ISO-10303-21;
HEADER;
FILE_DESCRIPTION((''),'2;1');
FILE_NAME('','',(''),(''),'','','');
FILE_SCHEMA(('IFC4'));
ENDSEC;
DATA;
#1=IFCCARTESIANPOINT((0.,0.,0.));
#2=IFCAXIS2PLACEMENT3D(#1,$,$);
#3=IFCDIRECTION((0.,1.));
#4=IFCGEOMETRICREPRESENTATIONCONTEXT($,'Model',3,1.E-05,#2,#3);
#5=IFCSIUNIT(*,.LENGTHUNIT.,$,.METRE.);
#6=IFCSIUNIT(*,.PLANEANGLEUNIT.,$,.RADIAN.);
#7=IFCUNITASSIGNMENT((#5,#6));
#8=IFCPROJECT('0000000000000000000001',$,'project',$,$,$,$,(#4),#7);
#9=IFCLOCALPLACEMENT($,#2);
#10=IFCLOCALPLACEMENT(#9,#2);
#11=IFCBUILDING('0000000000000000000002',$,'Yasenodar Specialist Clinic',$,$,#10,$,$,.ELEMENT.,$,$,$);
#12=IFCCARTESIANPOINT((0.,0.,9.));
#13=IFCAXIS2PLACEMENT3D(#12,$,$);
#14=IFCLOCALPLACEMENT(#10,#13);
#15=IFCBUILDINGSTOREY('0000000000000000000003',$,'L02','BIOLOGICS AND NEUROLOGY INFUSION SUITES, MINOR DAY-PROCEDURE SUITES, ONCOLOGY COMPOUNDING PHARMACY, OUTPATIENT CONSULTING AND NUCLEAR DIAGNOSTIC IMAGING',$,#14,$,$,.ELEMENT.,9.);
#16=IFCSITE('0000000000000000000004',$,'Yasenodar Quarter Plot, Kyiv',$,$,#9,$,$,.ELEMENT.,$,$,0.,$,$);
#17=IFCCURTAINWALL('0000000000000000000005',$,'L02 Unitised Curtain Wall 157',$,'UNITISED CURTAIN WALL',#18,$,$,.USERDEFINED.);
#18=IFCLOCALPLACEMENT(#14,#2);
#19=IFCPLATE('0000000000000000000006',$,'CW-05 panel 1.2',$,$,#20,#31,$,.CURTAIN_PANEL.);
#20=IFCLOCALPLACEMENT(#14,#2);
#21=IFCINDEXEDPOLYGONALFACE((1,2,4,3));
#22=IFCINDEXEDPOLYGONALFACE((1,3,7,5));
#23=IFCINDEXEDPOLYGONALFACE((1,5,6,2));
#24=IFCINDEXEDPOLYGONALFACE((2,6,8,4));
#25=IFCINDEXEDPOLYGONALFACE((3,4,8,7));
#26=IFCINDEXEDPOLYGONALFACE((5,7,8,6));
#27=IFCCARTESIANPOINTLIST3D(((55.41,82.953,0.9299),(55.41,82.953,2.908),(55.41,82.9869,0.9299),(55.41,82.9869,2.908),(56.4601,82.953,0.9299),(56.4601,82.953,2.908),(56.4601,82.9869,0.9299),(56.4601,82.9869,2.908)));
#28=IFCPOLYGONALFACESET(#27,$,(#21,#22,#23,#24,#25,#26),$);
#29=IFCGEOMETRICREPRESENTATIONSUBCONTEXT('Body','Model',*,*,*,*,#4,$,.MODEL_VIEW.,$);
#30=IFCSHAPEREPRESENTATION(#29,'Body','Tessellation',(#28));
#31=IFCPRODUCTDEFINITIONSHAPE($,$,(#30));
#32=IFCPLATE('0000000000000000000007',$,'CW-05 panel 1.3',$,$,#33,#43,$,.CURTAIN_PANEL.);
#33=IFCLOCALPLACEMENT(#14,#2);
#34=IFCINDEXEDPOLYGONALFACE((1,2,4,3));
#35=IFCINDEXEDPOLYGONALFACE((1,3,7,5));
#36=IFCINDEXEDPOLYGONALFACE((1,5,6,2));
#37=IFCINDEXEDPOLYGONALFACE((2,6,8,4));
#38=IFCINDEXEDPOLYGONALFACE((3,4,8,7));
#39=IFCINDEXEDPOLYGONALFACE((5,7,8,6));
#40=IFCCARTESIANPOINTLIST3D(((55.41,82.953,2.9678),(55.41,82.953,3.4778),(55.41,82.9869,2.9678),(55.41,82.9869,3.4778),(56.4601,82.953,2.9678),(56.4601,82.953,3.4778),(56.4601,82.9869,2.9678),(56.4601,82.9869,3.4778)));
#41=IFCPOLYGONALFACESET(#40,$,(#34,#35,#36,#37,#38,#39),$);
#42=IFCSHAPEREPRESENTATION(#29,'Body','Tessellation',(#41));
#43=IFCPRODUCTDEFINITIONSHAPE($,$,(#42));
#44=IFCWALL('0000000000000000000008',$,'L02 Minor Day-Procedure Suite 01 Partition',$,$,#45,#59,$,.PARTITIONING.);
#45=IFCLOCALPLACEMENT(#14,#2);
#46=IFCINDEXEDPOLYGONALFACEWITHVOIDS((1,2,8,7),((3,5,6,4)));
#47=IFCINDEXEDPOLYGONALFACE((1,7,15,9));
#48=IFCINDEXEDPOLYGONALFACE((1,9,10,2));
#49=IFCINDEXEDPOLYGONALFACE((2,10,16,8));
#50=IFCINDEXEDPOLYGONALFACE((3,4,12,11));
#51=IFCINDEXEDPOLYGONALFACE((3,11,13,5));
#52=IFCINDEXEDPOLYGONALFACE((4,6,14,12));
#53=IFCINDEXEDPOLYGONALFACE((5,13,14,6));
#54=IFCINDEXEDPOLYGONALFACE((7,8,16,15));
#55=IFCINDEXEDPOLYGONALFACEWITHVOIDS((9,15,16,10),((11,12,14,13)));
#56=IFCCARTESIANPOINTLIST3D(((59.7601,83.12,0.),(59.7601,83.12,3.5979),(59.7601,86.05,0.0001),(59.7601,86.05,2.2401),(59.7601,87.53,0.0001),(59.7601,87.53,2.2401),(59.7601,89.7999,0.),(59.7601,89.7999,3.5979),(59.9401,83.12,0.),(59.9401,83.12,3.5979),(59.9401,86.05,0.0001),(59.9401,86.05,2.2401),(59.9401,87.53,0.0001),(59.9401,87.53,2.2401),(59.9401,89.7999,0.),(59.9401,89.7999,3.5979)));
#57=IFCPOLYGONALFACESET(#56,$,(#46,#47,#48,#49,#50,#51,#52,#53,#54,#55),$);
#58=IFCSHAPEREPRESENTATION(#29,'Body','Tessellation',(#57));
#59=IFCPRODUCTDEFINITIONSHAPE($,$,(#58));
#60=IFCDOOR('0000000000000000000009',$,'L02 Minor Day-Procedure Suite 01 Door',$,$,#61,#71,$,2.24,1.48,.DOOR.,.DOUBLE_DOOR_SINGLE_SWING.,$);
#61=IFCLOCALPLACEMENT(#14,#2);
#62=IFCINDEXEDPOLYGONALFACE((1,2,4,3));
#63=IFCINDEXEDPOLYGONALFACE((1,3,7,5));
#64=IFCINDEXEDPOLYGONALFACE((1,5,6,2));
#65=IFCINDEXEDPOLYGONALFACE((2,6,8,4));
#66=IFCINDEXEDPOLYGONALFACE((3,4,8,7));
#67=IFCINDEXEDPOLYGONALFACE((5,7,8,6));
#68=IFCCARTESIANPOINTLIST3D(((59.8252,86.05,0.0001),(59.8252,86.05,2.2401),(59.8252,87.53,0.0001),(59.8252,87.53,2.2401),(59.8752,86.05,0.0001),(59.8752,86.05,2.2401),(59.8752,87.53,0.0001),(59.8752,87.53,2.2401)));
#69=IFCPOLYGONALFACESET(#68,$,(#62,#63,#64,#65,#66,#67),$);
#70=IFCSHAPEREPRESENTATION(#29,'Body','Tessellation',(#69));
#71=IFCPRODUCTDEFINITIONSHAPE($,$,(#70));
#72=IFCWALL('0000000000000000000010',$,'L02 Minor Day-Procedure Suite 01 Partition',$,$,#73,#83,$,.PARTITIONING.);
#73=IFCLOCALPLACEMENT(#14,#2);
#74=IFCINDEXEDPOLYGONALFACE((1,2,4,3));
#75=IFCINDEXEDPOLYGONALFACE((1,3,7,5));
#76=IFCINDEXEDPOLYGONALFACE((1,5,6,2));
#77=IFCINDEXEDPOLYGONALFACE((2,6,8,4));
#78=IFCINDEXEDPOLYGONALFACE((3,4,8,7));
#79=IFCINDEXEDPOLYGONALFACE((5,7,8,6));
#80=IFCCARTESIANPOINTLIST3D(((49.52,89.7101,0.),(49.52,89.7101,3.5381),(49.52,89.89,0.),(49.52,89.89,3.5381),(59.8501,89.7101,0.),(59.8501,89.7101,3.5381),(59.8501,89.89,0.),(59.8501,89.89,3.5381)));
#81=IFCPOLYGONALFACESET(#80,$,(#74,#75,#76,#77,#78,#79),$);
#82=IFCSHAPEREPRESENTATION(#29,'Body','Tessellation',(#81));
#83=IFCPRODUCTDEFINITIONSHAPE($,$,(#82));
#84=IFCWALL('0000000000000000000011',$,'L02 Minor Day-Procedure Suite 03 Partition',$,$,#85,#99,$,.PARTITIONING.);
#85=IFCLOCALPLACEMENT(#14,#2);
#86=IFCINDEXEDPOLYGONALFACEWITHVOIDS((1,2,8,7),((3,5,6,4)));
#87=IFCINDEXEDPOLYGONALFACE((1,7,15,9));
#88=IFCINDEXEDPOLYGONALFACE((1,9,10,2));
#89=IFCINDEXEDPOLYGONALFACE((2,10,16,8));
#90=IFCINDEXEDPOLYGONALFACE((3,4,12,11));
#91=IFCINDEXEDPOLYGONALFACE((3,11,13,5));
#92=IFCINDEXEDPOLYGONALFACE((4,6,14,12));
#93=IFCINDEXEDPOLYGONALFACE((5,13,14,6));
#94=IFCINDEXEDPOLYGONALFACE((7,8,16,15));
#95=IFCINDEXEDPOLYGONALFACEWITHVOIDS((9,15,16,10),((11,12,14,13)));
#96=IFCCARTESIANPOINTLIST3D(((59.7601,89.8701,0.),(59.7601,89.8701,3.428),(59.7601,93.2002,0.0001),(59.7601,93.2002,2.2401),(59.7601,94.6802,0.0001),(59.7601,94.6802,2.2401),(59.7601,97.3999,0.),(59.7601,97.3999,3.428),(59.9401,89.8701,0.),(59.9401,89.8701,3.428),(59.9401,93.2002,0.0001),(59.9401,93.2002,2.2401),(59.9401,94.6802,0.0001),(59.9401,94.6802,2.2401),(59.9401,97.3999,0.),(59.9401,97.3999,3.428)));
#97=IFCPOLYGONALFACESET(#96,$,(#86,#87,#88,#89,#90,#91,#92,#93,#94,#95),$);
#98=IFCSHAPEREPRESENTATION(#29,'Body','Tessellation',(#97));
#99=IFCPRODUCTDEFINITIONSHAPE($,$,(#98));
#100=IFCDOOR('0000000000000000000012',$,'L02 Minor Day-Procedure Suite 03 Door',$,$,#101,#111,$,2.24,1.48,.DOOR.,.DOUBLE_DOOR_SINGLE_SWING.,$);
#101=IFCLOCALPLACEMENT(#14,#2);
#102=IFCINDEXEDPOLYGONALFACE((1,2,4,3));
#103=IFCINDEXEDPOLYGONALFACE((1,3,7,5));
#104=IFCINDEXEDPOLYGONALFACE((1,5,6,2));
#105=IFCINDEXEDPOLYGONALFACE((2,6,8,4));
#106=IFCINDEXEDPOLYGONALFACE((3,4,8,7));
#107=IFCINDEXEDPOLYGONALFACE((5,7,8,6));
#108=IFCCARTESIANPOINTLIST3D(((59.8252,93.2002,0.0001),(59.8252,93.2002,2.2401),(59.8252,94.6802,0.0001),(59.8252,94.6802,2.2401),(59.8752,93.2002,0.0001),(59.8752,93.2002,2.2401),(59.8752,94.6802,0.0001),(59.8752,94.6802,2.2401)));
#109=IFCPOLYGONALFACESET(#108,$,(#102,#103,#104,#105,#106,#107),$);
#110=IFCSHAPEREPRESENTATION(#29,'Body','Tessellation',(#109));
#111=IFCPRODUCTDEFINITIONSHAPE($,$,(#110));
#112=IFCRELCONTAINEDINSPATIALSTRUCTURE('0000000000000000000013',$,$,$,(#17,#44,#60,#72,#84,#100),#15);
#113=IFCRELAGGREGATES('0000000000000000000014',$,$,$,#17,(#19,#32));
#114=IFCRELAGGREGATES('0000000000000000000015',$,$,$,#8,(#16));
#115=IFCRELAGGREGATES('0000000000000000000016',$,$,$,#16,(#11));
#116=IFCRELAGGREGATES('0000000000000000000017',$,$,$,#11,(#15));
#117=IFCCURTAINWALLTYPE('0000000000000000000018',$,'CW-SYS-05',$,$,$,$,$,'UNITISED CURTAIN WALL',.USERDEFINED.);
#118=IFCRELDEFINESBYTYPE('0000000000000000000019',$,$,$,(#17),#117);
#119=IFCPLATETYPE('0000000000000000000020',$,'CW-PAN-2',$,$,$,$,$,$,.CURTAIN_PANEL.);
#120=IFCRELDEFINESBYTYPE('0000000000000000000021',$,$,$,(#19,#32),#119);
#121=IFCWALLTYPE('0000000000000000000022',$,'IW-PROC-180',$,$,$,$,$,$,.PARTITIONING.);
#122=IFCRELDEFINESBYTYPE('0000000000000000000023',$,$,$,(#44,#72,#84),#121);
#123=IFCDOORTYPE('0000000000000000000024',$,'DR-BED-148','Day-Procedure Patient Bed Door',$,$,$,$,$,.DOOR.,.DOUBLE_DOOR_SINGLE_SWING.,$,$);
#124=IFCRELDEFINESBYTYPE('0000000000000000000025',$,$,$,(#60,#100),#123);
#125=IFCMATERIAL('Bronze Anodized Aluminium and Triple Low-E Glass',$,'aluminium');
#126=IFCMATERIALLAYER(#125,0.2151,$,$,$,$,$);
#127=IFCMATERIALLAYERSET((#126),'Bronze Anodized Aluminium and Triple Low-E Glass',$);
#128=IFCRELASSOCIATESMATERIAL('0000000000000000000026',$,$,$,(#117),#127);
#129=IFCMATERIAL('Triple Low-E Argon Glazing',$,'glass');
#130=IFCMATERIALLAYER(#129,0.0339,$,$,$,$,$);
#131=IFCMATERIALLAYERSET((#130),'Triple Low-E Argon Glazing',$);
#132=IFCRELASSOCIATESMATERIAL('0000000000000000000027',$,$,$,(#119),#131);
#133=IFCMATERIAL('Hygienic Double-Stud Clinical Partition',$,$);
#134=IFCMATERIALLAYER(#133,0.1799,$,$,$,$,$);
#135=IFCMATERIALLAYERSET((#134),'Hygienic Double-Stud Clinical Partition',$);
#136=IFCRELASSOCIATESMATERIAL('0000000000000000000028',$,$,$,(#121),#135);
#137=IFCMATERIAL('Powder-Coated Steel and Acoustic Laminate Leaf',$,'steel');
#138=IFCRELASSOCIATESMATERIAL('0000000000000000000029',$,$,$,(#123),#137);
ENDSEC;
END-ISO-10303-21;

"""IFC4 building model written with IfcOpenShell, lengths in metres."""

from ifc_helpers import new_model, si_unit, direction, frame, frame_2d, origin, origin_2d, place, context, subcontext, project, spatial, rectangle, extrude, material, layer, layer_set, type_object, element, fill, aggregate, save


model = new_model("IFC4")

# Units and contexts
model_context = context("Model", 3, precision=1e-05, world=origin(), true_north=direction((0.0, 1.0)))
body_context = subcontext(model_context, "Body", "Model", "MODEL_VIEW")
ifc_project = project(units=[si_unit("LENGTHUNIT", "METRE"), si_unit("PLANEANGLEUNIT", "RADIAN")], contexts=[model_context])

# Site, building, storey
site_placement = place(None, origin())
site = spatial("IfcSite", under=ifc_project, at=site_placement, Name="Yasenodar Quarter Plot, Kyiv", CompositionType="ELEMENT", RefElevation=0.0)
building_placement = place(site_placement, origin())
building = spatial("IfcBuilding", under=site, at=building_placement, Name="Yasenodar Specialist Clinic", CompositionType="ELEMENT")
storey_placement = place(building_placement, frame((0.0, 0.0, 9.0)))
storey = spatial("IfcBuildingStorey", under=building, at=storey_placement, Name="L02", Description="BIOLOGICS AND NEUROLOGY INFUSION SUITES, MINOR DAY-PROCEDURE SUITES, ONCOLOGY COMPOUNDING PHARMACY, OUTPATIENT CONSULTING AND NUCLEAR DIAGNOSTIC IMAGING", CompositionType="ELEMENT", Elevation=9.0)

# Curtain wall
ifc_material_1 = material(Name="Bronze Anodized Aluminium and Triple Low-E Glass", Category="aluminium")
ifc_layer_1 = layer(ifc_material_1, 0.2151)
ifc_layer_set_1 = layer_set([ifc_layer_1], Name="Bronze Anodized Aluminium and Triple Low-E Glass")
curtain_wall_type = type_object("IfcCurtainWallType", Name="CW-SYS-05", ElementType="UNITISED CURTAIN WALL", PredefinedType="USERDEFINED", material=ifc_layer_set_1)
curtain_wall_placement = place(storey_placement, origin())
curtain_wall = element("IfcCurtainWall", 1, at=curtain_wall_placement, inside=storey, type_object=curtain_wall_type, Name="L02 Unitised Curtain Wall 157", ObjectType="UNITISED CURTAIN WALL", PredefinedType="USERDEFINED")

# Plates
ifc_material_2 = material(Name="Triple Low-E Argon Glazing", Category="glass")
ifc_layer_2 = layer(ifc_material_2, 0.0339)
ifc_layer_set_2 = layer_set([ifc_layer_2], Name="Triple Low-E Argon Glazing")
plate_type = type_object("IfcPlateType", Name="CW-PAN-2", PredefinedType="CURTAIN_PANEL", material=ifc_layer_set_2)
plate_1_placement = place(storey_placement, frame((55.9351, 82.97, 0.9299), z_axis=(0.0, 0.0, 1.0), x_axis=(-1.0, 0.0, 0.0)))
plate_1 = element("IfcPlate", 2, at=plate_1_placement, type_object=plate_type, Name="CW-05 panel 1.2", PredefinedType="CURTAIN_PANEL", context=body_context, shape_type="SweptSolid", body=[
    extrude(rectangle(XDim=1.05, YDim=0.0339, at=origin_2d()), origin(), (0.0, 0.0, 1.0), 1.978),
])
plate_2_placement = place(storey_placement, frame((55.9351, 82.97, 2.9678), z_axis=(0.0, 0.0, 1.0), x_axis=(-1.0, 0.0, 0.0)))
plate_2 = element("IfcPlate", 3, at=plate_2_placement, type_object=plate_type, Name="CW-05 panel 1.3", PredefinedType="CURTAIN_PANEL", context=body_context, shape_type="SweptSolid", body=[
    extrude(rectangle(XDim=1.05, YDim=0.0339, at=origin_2d()), origin(), (0.0, 0.0, 1.0), 0.51),
])
aggregate(curtain_wall, [plate_1, plate_2])

# Wall, opening, door
ifc_material_3 = material(Name="Hygienic Double-Stud Clinical Partition")
ifc_layer_3 = layer(ifc_material_3, 0.1799)
ifc_layer_set_3 = layer_set([ifc_layer_3], Name="Hygienic Double-Stud Clinical Partition")
wall_type = type_object("IfcWallType", Name="IW-PROC-180", PredefinedType="PARTITIONING", material=ifc_layer_set_3)
wall_1_placement = place(storey_placement, frame((59.8501, 83.1201, 0.0), z_axis=(0.0, 0.0, 1.0), x_axis=(0.0, 1.0, 0.0)))
wall_1 = element("IfcWall", 4, at=wall_1_placement, inside=storey, type_object=wall_type, Name="L02 Minor Day-Procedure Suite 01 Partition", PredefinedType="PARTITIONING", context=body_context, shape_type="SweptSolid", body=[
    extrude(rectangle(XDim=6.6799, YDim=0.1799, at=frame_2d((3.3398, 0.0))), origin(), (0.0, 0.0, 1.0), 3.5979),
])
opening_1_placement = place(wall_1_placement, frame((2.9299, 0.0, 0.0)))
opening_1 = element("IfcOpeningElement", 5, at=opening_1_placement, cuts=wall_1, PredefinedType="OPENING", context=body_context, shape_type="SweptSolid", body=[
    extrude(rectangle(XDim=1.48, YDim=2.24, at=frame_2d((0.74, 1.1201))), frame((0.0, 0.1001, 0.0), z_axis=(0.0, -1.0, 0.0), x_axis=(1.0, 0.0, 0.0)), (0.0, 0.0, 1.0), 0.2),
])
ifc_material_4 = material(Name="Powder-Coated Steel and Acoustic Laminate Leaf", Category="steel")
door_type = type_object("IfcDoorType", Name="DR-BED-148", Description="Day-Procedure Patient Bed Door", OperationType="DOUBLE_DOOR_SINGLE_SWING", PredefinedType="DOOR", material=ifc_material_4)
door_1_placement = place(opening_1_placement, origin())
door_1 = element("IfcDoor", 6, at=door_1_placement, inside=storey, type_object=door_type, Name="L02 Minor Day-Procedure Suite 01 Door", OperationType="DOUBLE_DOOR_SINGLE_SWING", OverallHeight=2.24, OverallWidth=1.48, PredefinedType="DOOR", context=body_context, shape_type="SweptSolid", body=[
    extrude(rectangle(XDim=1.48, YDim=2.24, at=frame_2d((0.74, 1.1201))), frame((0.0, 0.0249, 0.0), z_axis=(0.0, -1.0, 0.0), x_axis=(1.0, 0.0, 0.0)), (0.0, 0.0, 1.0), 0.05),
])
fill(opening_1, door_1)

# Wall
wall_2_placement = place(storey_placement, frame((59.8501, 89.8, 0.0), z_axis=(0.0, 0.0, 1.0), x_axis=(-1.0, 0.0, 0.0)))
element("IfcWall", 7, at=wall_2_placement, inside=storey, type_object=wall_type, Name="L02 Minor Day-Procedure Suite 01 Partition", PredefinedType="PARTITIONING", context=body_context, shape_type="SweptSolid", body=[
    extrude(rectangle(XDim=10.3301, YDim=0.1799, at=frame_2d((5.165, 0.0))), origin(), (0.0, 0.0, 1.0), 3.5381),
])

# Wall, opening, door
wall_3_placement = place(storey_placement, frame((59.8501, 89.8701, 0.0), z_axis=(0.0, 0.0, 1.0), x_axis=(0.0, 1.0, 0.0)))
wall_3 = element("IfcWall", 8, at=wall_3_placement, inside=storey, type_object=wall_type, Name="L02 Minor Day-Procedure Suite 03 Partition", PredefinedType="PARTITIONING", context=body_context, shape_type="SweptSolid", body=[
    extrude(rectangle(XDim=7.5298, YDim=0.1799, at=frame_2d((3.7649, 0.0))), origin(), (0.0, 0.0, 1.0), 3.428),
])
opening_2_placement = place(wall_3_placement, frame((3.3301, 0.0, 0.0)))
opening_2 = element("IfcOpeningElement", 9, at=opening_2_placement, cuts=wall_3, PredefinedType="OPENING", context=body_context, shape_type="SweptSolid", body=[
    extrude(rectangle(XDim=1.48, YDim=2.24, at=frame_2d((0.74, 1.1201))), frame((0.0, 0.1001, 0.0), z_axis=(0.0, -1.0, 0.0), x_axis=(1.0, 0.0, 0.0)), (0.0, 0.0, 1.0), 0.2),
])
door_2_placement = place(opening_2_placement, origin())
door_2 = element("IfcDoor", 10, at=door_2_placement, inside=storey, type_object=door_type, Name="L02 Minor Day-Procedure Suite 03 Door", OperationType="DOUBLE_DOOR_SINGLE_SWING", OverallHeight=2.24, OverallWidth=1.48, PredefinedType="DOOR", context=body_context, shape_type="SweptSolid", body=[
    extrude(rectangle(XDim=1.48, YDim=2.24, at=frame_2d((0.74, 1.1201))), frame((0.0, 0.0249, 0.0), z_axis=(0.0, -1.0, 0.0), x_axis=(1.0, 0.0, 0.0)), (0.0, 0.0, 1.0), 0.05),
])
fill(opening_2, door_2)

save(model, "model.ifc")
